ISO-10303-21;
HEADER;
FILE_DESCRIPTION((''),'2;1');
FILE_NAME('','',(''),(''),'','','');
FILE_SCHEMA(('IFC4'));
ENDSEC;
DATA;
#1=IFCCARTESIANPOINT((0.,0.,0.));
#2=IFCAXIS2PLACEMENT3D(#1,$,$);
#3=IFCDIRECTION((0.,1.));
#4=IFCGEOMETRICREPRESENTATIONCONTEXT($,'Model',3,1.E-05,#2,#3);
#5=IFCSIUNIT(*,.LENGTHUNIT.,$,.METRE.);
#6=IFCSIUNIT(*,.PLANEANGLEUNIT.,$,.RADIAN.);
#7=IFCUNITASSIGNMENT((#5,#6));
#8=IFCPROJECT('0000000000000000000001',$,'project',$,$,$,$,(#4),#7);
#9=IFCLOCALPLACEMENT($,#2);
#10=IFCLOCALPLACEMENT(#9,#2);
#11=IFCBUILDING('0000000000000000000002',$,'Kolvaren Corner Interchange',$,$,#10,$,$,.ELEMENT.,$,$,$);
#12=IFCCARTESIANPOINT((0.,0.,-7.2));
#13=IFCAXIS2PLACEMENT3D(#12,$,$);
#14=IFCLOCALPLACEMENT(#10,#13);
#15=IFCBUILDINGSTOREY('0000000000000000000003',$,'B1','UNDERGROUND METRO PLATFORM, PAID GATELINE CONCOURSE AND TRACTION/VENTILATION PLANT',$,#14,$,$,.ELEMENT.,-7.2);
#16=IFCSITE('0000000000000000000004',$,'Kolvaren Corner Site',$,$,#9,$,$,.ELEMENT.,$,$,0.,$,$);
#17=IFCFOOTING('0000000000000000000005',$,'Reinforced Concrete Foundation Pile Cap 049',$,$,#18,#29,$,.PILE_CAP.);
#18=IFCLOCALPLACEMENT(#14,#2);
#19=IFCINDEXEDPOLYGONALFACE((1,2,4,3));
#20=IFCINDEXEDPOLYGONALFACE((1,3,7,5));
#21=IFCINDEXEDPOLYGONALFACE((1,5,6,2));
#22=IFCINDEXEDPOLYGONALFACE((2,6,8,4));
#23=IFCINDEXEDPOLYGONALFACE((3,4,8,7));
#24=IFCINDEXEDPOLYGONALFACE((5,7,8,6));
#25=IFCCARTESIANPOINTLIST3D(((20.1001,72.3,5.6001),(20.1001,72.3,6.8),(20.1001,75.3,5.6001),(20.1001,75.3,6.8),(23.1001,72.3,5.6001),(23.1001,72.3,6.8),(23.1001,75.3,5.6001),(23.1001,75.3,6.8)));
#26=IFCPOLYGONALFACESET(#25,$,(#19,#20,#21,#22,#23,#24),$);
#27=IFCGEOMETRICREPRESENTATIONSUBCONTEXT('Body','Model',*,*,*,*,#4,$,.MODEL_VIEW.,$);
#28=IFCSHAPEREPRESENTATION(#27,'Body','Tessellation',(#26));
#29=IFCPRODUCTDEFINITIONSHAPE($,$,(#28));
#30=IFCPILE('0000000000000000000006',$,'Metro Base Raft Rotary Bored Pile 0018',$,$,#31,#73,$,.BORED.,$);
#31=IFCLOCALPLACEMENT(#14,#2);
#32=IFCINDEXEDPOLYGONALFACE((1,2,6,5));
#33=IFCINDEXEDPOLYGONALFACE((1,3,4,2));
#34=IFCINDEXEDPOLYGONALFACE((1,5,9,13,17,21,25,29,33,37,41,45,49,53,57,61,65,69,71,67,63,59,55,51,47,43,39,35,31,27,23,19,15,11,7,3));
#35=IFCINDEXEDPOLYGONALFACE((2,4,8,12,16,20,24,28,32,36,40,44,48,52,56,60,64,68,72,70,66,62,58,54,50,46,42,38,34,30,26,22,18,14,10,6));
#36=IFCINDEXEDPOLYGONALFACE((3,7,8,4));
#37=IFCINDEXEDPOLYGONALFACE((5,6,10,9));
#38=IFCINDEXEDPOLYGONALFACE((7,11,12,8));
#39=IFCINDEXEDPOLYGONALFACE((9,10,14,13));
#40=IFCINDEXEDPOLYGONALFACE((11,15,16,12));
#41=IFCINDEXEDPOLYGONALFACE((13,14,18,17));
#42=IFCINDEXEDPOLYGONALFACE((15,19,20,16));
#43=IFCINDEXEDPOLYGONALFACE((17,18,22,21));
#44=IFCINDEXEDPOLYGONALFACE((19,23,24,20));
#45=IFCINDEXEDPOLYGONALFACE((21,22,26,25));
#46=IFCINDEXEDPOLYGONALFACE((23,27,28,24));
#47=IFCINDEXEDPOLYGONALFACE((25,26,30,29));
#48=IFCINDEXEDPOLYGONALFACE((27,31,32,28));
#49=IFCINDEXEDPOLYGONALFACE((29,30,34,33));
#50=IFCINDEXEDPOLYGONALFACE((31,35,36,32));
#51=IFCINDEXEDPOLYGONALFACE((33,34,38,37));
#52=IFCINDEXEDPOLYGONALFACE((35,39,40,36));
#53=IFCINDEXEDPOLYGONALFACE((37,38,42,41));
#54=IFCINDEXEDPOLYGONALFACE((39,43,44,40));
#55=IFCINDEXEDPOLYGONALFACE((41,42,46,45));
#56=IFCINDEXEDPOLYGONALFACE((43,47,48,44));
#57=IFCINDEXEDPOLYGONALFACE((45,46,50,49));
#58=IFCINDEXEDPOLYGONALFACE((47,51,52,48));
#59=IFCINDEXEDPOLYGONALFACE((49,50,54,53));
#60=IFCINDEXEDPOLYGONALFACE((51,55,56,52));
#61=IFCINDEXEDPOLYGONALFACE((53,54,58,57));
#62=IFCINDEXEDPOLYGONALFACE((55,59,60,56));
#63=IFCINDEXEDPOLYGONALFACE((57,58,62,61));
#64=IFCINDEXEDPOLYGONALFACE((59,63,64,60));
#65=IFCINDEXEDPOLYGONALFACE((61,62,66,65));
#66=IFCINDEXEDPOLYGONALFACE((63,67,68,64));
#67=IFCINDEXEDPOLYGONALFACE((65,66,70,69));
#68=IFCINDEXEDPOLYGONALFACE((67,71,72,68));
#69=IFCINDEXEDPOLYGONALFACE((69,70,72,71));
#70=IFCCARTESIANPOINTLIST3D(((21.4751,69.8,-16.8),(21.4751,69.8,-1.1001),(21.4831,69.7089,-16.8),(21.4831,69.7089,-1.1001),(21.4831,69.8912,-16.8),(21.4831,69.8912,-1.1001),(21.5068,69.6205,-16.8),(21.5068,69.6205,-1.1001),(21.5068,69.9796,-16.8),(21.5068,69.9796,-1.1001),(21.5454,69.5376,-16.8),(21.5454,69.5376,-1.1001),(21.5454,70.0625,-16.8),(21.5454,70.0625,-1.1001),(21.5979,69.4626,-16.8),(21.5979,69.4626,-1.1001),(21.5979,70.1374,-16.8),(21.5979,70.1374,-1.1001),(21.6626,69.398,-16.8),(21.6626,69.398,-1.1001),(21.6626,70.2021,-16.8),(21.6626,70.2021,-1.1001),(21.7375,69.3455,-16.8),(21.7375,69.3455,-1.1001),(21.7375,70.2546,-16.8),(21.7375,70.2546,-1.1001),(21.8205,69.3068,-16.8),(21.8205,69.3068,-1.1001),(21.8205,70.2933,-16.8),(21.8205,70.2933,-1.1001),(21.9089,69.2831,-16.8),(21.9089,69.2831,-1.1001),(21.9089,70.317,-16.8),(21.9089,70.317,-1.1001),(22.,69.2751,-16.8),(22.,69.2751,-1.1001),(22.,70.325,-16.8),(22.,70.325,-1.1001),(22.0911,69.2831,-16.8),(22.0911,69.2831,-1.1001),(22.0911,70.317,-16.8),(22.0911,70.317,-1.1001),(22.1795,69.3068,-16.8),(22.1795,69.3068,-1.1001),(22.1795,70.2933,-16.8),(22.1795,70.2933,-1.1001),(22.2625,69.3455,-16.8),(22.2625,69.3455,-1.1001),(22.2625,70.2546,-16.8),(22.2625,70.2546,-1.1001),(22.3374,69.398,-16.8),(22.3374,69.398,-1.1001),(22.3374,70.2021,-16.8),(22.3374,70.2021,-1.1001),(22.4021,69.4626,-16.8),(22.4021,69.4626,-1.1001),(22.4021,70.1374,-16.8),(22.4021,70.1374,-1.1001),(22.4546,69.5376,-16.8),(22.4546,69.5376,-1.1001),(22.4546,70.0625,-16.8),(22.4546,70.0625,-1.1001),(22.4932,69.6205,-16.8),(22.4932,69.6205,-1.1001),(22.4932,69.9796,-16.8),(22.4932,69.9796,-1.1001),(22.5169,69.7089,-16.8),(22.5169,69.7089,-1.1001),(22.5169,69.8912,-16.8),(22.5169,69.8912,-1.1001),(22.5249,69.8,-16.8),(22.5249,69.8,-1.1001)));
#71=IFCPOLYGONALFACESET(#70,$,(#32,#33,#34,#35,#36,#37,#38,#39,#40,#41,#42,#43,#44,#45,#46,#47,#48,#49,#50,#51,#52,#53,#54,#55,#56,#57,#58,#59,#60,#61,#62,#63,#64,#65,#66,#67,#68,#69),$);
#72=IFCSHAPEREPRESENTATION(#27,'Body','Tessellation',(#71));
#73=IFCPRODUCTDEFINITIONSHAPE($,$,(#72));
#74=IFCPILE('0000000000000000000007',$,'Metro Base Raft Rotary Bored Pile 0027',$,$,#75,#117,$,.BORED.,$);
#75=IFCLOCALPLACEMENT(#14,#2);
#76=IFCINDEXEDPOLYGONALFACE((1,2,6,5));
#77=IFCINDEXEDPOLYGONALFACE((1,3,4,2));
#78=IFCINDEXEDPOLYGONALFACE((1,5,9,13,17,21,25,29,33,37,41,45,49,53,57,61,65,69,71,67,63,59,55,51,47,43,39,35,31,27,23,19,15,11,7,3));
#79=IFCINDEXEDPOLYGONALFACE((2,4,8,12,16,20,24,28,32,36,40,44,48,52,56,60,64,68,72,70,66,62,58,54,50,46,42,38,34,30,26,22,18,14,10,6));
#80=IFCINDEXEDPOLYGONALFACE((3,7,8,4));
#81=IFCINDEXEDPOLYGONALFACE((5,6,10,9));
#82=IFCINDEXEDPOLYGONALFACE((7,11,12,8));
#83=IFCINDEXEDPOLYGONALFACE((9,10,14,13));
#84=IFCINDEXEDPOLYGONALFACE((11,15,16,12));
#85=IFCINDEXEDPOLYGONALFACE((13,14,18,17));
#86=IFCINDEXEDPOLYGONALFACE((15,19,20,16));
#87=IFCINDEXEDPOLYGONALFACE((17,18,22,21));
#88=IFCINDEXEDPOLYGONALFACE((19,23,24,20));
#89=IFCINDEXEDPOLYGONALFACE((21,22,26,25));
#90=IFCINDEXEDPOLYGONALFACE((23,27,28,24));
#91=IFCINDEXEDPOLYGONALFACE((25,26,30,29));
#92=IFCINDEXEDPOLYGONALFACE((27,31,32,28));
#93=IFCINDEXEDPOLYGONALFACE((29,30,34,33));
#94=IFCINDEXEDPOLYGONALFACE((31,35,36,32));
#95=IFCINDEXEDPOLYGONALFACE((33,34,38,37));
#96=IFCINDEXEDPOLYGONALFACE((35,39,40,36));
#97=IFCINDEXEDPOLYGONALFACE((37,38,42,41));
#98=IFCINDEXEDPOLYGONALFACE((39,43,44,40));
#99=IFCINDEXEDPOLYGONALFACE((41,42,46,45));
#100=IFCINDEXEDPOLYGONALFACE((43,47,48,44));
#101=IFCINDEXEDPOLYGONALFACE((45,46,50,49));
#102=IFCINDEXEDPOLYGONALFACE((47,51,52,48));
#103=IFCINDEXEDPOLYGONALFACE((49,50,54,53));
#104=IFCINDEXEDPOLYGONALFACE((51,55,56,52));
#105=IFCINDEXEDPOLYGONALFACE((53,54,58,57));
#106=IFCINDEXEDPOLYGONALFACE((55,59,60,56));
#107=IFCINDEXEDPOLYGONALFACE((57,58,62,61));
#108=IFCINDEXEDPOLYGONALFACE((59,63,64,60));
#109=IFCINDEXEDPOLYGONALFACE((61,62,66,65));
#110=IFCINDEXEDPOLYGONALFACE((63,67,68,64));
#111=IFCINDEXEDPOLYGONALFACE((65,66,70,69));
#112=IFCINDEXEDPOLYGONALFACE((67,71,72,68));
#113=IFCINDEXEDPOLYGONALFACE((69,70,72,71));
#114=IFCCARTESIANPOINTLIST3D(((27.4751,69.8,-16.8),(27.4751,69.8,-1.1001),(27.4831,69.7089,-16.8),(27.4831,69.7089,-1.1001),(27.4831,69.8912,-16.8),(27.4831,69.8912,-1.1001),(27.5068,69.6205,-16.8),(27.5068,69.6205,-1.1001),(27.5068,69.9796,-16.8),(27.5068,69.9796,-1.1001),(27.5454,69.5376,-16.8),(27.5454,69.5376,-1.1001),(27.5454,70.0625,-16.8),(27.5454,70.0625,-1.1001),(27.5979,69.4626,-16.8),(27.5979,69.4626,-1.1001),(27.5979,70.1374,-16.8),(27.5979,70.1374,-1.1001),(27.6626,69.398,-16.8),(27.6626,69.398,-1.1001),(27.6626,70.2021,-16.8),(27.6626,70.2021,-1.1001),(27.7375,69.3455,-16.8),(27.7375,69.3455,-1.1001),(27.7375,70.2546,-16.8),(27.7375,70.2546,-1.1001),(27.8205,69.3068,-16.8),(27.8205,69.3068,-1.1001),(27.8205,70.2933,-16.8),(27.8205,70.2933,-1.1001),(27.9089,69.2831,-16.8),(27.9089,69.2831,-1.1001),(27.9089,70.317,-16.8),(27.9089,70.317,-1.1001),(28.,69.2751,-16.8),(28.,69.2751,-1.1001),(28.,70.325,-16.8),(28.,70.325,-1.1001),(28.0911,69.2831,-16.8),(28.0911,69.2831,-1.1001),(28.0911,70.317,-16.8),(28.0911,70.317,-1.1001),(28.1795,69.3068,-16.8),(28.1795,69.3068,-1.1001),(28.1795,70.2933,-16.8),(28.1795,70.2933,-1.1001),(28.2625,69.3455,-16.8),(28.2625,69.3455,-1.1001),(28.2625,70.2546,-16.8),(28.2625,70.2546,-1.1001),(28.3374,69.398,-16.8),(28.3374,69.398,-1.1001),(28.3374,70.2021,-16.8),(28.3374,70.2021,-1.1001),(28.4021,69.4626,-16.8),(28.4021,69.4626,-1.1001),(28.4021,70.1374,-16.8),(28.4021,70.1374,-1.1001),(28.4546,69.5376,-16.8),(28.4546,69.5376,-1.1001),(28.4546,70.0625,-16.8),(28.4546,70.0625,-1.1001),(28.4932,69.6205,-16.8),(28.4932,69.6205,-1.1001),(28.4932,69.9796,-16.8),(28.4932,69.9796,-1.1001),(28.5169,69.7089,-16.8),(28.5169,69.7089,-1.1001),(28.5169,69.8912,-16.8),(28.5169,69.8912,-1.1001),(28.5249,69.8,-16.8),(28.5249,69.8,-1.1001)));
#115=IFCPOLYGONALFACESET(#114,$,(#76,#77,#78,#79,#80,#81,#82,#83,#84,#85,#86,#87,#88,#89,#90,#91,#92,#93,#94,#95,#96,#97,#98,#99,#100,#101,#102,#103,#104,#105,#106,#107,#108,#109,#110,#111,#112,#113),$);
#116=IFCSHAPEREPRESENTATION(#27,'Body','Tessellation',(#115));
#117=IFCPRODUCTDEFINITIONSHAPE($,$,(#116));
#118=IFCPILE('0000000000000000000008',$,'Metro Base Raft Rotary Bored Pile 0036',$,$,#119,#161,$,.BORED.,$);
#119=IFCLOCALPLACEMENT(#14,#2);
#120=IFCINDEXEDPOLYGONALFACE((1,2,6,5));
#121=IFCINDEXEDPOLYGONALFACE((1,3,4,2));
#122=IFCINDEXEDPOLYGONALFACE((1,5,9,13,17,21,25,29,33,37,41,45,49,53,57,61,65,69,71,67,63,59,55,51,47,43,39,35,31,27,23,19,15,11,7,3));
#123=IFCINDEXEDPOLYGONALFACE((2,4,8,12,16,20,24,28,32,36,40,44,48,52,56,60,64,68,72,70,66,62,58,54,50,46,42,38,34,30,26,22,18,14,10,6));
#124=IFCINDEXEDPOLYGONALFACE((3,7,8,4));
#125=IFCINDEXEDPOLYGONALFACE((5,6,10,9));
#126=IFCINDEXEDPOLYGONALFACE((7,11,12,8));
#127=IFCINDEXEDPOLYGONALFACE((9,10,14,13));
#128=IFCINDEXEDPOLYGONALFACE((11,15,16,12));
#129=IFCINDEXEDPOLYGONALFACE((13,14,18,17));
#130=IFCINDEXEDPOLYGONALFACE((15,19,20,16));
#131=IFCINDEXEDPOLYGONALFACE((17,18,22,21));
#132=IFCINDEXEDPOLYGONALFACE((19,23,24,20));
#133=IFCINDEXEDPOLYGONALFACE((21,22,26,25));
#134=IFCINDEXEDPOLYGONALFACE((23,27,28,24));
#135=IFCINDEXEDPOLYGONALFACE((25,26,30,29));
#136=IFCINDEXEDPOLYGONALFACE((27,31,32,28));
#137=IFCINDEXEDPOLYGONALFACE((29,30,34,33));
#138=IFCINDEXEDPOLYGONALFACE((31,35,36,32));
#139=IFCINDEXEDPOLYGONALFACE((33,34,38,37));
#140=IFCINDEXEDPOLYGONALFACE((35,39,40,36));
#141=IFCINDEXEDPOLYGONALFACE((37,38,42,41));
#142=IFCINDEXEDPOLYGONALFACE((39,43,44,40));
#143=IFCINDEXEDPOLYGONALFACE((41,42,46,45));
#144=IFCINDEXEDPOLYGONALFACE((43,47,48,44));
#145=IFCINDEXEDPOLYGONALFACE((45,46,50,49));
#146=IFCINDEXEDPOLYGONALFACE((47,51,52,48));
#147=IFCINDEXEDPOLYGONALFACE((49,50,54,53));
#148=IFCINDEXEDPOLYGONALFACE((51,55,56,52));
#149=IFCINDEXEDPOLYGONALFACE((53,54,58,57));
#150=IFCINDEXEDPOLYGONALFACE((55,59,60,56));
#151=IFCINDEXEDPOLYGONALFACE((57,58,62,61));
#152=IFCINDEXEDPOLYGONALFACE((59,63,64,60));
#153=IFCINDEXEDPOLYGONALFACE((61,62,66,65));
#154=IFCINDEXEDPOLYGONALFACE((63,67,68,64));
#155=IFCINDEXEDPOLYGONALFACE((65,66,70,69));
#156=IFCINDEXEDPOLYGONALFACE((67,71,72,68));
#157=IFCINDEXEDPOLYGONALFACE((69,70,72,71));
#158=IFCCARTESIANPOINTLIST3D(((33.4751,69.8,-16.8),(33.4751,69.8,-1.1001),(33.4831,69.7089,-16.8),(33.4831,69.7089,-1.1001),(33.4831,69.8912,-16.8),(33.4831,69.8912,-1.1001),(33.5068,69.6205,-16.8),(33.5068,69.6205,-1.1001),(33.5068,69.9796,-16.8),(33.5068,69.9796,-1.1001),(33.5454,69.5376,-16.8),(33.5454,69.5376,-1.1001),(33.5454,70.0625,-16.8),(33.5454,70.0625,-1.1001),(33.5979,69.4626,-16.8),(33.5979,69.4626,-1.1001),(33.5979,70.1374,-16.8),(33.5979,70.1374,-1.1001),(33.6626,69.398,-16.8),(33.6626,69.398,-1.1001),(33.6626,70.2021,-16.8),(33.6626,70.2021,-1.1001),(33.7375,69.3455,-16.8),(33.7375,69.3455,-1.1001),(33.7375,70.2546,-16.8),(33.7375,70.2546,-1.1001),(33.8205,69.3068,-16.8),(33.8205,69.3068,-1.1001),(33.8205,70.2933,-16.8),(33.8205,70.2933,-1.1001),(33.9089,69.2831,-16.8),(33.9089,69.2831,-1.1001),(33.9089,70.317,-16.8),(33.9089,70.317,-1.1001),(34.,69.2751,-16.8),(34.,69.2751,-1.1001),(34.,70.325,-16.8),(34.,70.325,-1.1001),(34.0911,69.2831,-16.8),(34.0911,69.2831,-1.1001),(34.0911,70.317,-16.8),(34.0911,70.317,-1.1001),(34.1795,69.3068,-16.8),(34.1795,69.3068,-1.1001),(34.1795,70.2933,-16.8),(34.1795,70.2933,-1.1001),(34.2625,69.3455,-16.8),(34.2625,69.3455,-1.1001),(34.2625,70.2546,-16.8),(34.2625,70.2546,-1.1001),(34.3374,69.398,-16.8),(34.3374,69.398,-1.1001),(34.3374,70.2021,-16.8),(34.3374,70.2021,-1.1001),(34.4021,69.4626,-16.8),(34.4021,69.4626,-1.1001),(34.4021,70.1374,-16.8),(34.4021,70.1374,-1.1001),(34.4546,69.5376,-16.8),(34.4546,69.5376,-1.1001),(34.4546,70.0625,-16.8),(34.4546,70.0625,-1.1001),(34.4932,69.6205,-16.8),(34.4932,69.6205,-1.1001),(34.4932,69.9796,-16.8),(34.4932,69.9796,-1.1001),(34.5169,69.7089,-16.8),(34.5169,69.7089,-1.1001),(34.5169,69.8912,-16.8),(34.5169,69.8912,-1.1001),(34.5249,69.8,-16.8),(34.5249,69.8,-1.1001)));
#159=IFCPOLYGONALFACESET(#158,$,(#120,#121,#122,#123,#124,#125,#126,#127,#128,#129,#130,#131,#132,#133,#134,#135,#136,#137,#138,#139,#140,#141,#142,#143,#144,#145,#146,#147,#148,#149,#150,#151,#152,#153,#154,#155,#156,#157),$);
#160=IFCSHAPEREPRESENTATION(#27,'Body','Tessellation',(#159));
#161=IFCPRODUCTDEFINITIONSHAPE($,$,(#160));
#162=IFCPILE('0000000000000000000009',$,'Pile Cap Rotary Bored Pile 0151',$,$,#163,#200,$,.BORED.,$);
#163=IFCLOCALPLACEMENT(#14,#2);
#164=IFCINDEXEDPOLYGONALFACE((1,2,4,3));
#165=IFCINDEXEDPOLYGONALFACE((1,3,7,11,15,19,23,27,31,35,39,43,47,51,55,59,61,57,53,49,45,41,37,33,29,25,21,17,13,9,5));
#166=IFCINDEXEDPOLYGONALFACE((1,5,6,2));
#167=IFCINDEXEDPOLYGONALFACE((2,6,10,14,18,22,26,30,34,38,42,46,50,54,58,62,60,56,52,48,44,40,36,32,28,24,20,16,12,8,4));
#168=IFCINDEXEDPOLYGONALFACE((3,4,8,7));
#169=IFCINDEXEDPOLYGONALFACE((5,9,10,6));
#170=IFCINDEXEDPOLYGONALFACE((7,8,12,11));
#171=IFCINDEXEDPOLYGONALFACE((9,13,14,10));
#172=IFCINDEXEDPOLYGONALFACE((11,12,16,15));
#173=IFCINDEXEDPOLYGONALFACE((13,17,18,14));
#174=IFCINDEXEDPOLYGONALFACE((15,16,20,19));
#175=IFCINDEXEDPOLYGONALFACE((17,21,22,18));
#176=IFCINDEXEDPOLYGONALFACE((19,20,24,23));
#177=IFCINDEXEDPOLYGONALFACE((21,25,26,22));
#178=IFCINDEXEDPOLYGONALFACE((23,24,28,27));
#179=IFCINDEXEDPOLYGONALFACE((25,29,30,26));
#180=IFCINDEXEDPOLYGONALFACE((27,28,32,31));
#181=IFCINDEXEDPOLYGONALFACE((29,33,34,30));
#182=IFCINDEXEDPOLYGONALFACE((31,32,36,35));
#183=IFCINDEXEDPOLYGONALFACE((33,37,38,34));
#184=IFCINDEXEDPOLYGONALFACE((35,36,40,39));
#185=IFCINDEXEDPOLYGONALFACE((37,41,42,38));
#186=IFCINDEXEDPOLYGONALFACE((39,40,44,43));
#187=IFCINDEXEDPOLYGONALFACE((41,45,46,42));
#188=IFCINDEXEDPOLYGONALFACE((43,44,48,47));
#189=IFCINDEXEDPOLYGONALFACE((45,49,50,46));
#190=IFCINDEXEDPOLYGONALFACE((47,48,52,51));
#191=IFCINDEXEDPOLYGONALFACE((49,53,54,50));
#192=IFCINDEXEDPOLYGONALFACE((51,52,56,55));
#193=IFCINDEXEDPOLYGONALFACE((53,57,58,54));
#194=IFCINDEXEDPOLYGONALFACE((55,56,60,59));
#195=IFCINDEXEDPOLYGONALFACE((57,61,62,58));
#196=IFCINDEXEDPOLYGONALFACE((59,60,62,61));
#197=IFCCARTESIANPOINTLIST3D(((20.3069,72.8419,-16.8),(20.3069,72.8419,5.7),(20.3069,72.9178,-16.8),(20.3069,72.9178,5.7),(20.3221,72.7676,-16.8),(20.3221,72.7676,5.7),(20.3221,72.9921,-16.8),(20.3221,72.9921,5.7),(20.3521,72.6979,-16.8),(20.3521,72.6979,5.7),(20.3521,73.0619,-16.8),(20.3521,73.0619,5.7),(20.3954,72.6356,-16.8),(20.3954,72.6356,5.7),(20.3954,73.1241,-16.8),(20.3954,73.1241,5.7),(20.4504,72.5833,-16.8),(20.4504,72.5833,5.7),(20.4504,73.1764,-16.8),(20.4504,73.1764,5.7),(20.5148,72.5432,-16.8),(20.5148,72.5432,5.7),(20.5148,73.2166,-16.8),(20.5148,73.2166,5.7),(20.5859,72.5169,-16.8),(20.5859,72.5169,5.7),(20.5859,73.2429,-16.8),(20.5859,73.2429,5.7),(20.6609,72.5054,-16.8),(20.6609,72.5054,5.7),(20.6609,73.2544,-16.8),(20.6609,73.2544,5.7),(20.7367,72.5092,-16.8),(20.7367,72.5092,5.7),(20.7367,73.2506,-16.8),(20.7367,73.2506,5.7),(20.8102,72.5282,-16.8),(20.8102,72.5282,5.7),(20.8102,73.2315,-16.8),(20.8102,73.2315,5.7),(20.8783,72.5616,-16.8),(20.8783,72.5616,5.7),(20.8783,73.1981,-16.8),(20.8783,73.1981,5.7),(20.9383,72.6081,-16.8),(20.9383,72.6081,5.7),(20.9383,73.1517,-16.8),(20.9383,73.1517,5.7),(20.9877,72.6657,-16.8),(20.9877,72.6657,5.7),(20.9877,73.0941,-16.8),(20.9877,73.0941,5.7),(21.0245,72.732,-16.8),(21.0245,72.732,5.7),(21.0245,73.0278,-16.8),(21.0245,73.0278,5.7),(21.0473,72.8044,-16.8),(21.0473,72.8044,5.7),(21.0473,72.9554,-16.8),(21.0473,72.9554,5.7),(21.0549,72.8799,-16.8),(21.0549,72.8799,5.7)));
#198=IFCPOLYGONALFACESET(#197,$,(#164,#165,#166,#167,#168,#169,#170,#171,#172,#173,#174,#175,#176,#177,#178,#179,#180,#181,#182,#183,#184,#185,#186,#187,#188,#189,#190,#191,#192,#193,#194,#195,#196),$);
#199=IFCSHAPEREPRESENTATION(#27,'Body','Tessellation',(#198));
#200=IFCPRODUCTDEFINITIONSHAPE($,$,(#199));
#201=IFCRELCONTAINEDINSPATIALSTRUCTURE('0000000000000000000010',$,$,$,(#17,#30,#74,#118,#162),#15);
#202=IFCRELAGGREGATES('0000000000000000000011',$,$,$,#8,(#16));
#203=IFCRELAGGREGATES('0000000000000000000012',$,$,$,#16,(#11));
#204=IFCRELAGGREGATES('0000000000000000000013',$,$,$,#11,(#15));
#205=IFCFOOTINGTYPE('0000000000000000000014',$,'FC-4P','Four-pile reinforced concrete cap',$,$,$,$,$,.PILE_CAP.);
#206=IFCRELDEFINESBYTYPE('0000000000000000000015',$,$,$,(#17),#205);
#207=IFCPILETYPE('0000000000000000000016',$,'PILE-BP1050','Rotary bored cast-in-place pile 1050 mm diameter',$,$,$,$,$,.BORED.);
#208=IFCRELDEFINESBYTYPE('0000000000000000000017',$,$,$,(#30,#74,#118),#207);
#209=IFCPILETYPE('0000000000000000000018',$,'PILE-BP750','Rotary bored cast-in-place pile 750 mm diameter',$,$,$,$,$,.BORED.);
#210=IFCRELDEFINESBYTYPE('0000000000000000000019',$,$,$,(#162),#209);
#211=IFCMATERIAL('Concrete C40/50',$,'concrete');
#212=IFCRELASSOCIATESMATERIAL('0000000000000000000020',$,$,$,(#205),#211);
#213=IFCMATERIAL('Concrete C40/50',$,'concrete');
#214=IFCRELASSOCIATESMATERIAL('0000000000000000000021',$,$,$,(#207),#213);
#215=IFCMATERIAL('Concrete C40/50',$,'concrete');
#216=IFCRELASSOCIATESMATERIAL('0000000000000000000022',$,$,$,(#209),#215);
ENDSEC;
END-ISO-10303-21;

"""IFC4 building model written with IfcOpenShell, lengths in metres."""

from ifc_helpers import new_model, si_unit, direction, frame, origin, origin_2d, place, context, subcontext, project, spatial, rectangle, circle, extrude, material, material_profile, profile_set, type_object, element, save


model = new_model("IFC4")

# Units and contexts
model_context = context("Model", 3, precision=1e-05, world=origin(), true_north=direction((0.0, 1.0)))
body_context = subcontext(model_context, "Body", "Model", "MODEL_VIEW")
ifc_project = project(units=[si_unit("LENGTHUNIT", "METRE"), si_unit("PLANEANGLEUNIT", "RADIAN")], contexts=[model_context])

# Site, building, storey
site_placement = place(None, origin())
site = spatial("IfcSite", under=ifc_project, at=site_placement, Name="Kolvaren Corner Site", CompositionType="ELEMENT", RefElevation=0.0)
building_placement = place(site_placement, origin())
building = spatial("IfcBuilding", under=site, at=building_placement, Name="Kolvaren Corner Interchange", CompositionType="ELEMENT")
storey_placement = place(building_placement, frame((0.0, 0.0, -7.2)))
storey = spatial("IfcBuildingStorey", under=building, at=storey_placement, Name="B1", Description="UNDERGROUND METRO PLATFORM, PAID GATELINE CONCOURSE AND TRACTION/VENTILATION PLANT", CompositionType="ELEMENT", Elevation=-7.2)

# Footing
ifc_material_1 = material(Name="Concrete C40/50", Category="concrete")
footing_type = type_object("IfcFootingType", Name="FC-4P", Description="Four-pile reinforced concrete cap", PredefinedType="PILE_CAP", material=ifc_material_1)
footing_placement = place(storey_placement, frame((21.6001, 73.8, 5.6001), z_axis=(0.0, 0.0, 1.0), x_axis=(1.0, 0.0, 0.0)))
element("IfcFooting", 1, at=footing_placement, inside=storey, type_object=footing_type, Name="Reinforced Concrete Foundation Pile Cap 049", PredefinedType="PILE_CAP", context=body_context, shape_type="SweptSolid", body=[
    extrude(rectangle(XDim=3.0, YDim=3.0, at=origin_2d()), origin(), (0.0, 0.0, 1.0), 1.2),
])

# Piles
ifc_material_2 = material(Name="Concrete C40/50", Category="concrete")
ifc_material_profile_1 = material_profile(ifc_material_2, circle(Radius=0.5249, at=origin_2d()), Name="BORED PILE 1050")
ifc_profile_set_1 = profile_set([ifc_material_profile_1], Name="Concrete C40/50")
pile_type_1 = type_object("IfcPileType", Name="PILE-BP1050", Description="Rotary bored cast-in-place pile 1050 mm diameter", PredefinedType="BORED", material=ifc_profile_set_1)
for number, where, z_axis, x_axis, name in (
    (2, (22.0, 69.8, -1.1001), (0.0, 0.0, -1.0), (1.0, 0.0, 0.0), "Metro Base Raft Rotary Bored Pile 0018"),
    (3, (28.0, 69.8, -1.1001), (0.0, 0.0, -1.0), (1.0, 0.0, 0.0), "Metro Base Raft Rotary Bored Pile 0027"),
    (4, (34.0, 69.8, -1.1001), (0.0, 0.0, -1.0), (1.0, 0.0, 0.0), "Metro Base Raft Rotary Bored Pile 0036"),
):
    element("IfcPile", number, at=place(storey_placement, frame(where, z_axis=z_axis, x_axis=x_axis)), inside=storey, type_object=pile_type_1, Name=name, PredefinedType="BORED", context=body_context, shape_type="SweptSolid", body=[
        extrude(circle(Radius=0.5249, at=origin_2d()), origin(), (0.0, 0.0, 1.0), 15.7),
    ])
ifc_material_3 = material(Name="Concrete C40/50", Category="concrete")
ifc_material_profile_2 = material_profile(ifc_material_3, circle(Radius=0.375, at=origin_2d()), Name="BORED PILE 750")
ifc_profile_set_2 = profile_set([ifc_material_profile_2], Name="Concrete C40/50")
pile_type_2 = type_object("IfcPileType", Name="PILE-BP750", Description="Rotary bored cast-in-place pile 750 mm diameter", PredefinedType="BORED", material=ifc_profile_set_2)
for number, where, z_axis, x_axis, name in (
    (5, (20.6799, 72.8799, 5.7), (0.0, 0.0, -1.0), (1.0, 0.0, 0.0), "Pile Cap Rotary Bored Pile 0151"),
):
    element("IfcPile", number, at=place(storey_placement, frame(where, z_axis=z_axis, x_axis=x_axis)), inside=storey, type_object=pile_type_2, Name=name, PredefinedType="BORED", context=body_context, shape_type="SweptSolid", body=[
        extrude(circle(Radius=0.375, at=origin_2d()), origin(), (0.0, 0.0, 1.0), 22.5),
    ])

save(model, "model.ifc")
